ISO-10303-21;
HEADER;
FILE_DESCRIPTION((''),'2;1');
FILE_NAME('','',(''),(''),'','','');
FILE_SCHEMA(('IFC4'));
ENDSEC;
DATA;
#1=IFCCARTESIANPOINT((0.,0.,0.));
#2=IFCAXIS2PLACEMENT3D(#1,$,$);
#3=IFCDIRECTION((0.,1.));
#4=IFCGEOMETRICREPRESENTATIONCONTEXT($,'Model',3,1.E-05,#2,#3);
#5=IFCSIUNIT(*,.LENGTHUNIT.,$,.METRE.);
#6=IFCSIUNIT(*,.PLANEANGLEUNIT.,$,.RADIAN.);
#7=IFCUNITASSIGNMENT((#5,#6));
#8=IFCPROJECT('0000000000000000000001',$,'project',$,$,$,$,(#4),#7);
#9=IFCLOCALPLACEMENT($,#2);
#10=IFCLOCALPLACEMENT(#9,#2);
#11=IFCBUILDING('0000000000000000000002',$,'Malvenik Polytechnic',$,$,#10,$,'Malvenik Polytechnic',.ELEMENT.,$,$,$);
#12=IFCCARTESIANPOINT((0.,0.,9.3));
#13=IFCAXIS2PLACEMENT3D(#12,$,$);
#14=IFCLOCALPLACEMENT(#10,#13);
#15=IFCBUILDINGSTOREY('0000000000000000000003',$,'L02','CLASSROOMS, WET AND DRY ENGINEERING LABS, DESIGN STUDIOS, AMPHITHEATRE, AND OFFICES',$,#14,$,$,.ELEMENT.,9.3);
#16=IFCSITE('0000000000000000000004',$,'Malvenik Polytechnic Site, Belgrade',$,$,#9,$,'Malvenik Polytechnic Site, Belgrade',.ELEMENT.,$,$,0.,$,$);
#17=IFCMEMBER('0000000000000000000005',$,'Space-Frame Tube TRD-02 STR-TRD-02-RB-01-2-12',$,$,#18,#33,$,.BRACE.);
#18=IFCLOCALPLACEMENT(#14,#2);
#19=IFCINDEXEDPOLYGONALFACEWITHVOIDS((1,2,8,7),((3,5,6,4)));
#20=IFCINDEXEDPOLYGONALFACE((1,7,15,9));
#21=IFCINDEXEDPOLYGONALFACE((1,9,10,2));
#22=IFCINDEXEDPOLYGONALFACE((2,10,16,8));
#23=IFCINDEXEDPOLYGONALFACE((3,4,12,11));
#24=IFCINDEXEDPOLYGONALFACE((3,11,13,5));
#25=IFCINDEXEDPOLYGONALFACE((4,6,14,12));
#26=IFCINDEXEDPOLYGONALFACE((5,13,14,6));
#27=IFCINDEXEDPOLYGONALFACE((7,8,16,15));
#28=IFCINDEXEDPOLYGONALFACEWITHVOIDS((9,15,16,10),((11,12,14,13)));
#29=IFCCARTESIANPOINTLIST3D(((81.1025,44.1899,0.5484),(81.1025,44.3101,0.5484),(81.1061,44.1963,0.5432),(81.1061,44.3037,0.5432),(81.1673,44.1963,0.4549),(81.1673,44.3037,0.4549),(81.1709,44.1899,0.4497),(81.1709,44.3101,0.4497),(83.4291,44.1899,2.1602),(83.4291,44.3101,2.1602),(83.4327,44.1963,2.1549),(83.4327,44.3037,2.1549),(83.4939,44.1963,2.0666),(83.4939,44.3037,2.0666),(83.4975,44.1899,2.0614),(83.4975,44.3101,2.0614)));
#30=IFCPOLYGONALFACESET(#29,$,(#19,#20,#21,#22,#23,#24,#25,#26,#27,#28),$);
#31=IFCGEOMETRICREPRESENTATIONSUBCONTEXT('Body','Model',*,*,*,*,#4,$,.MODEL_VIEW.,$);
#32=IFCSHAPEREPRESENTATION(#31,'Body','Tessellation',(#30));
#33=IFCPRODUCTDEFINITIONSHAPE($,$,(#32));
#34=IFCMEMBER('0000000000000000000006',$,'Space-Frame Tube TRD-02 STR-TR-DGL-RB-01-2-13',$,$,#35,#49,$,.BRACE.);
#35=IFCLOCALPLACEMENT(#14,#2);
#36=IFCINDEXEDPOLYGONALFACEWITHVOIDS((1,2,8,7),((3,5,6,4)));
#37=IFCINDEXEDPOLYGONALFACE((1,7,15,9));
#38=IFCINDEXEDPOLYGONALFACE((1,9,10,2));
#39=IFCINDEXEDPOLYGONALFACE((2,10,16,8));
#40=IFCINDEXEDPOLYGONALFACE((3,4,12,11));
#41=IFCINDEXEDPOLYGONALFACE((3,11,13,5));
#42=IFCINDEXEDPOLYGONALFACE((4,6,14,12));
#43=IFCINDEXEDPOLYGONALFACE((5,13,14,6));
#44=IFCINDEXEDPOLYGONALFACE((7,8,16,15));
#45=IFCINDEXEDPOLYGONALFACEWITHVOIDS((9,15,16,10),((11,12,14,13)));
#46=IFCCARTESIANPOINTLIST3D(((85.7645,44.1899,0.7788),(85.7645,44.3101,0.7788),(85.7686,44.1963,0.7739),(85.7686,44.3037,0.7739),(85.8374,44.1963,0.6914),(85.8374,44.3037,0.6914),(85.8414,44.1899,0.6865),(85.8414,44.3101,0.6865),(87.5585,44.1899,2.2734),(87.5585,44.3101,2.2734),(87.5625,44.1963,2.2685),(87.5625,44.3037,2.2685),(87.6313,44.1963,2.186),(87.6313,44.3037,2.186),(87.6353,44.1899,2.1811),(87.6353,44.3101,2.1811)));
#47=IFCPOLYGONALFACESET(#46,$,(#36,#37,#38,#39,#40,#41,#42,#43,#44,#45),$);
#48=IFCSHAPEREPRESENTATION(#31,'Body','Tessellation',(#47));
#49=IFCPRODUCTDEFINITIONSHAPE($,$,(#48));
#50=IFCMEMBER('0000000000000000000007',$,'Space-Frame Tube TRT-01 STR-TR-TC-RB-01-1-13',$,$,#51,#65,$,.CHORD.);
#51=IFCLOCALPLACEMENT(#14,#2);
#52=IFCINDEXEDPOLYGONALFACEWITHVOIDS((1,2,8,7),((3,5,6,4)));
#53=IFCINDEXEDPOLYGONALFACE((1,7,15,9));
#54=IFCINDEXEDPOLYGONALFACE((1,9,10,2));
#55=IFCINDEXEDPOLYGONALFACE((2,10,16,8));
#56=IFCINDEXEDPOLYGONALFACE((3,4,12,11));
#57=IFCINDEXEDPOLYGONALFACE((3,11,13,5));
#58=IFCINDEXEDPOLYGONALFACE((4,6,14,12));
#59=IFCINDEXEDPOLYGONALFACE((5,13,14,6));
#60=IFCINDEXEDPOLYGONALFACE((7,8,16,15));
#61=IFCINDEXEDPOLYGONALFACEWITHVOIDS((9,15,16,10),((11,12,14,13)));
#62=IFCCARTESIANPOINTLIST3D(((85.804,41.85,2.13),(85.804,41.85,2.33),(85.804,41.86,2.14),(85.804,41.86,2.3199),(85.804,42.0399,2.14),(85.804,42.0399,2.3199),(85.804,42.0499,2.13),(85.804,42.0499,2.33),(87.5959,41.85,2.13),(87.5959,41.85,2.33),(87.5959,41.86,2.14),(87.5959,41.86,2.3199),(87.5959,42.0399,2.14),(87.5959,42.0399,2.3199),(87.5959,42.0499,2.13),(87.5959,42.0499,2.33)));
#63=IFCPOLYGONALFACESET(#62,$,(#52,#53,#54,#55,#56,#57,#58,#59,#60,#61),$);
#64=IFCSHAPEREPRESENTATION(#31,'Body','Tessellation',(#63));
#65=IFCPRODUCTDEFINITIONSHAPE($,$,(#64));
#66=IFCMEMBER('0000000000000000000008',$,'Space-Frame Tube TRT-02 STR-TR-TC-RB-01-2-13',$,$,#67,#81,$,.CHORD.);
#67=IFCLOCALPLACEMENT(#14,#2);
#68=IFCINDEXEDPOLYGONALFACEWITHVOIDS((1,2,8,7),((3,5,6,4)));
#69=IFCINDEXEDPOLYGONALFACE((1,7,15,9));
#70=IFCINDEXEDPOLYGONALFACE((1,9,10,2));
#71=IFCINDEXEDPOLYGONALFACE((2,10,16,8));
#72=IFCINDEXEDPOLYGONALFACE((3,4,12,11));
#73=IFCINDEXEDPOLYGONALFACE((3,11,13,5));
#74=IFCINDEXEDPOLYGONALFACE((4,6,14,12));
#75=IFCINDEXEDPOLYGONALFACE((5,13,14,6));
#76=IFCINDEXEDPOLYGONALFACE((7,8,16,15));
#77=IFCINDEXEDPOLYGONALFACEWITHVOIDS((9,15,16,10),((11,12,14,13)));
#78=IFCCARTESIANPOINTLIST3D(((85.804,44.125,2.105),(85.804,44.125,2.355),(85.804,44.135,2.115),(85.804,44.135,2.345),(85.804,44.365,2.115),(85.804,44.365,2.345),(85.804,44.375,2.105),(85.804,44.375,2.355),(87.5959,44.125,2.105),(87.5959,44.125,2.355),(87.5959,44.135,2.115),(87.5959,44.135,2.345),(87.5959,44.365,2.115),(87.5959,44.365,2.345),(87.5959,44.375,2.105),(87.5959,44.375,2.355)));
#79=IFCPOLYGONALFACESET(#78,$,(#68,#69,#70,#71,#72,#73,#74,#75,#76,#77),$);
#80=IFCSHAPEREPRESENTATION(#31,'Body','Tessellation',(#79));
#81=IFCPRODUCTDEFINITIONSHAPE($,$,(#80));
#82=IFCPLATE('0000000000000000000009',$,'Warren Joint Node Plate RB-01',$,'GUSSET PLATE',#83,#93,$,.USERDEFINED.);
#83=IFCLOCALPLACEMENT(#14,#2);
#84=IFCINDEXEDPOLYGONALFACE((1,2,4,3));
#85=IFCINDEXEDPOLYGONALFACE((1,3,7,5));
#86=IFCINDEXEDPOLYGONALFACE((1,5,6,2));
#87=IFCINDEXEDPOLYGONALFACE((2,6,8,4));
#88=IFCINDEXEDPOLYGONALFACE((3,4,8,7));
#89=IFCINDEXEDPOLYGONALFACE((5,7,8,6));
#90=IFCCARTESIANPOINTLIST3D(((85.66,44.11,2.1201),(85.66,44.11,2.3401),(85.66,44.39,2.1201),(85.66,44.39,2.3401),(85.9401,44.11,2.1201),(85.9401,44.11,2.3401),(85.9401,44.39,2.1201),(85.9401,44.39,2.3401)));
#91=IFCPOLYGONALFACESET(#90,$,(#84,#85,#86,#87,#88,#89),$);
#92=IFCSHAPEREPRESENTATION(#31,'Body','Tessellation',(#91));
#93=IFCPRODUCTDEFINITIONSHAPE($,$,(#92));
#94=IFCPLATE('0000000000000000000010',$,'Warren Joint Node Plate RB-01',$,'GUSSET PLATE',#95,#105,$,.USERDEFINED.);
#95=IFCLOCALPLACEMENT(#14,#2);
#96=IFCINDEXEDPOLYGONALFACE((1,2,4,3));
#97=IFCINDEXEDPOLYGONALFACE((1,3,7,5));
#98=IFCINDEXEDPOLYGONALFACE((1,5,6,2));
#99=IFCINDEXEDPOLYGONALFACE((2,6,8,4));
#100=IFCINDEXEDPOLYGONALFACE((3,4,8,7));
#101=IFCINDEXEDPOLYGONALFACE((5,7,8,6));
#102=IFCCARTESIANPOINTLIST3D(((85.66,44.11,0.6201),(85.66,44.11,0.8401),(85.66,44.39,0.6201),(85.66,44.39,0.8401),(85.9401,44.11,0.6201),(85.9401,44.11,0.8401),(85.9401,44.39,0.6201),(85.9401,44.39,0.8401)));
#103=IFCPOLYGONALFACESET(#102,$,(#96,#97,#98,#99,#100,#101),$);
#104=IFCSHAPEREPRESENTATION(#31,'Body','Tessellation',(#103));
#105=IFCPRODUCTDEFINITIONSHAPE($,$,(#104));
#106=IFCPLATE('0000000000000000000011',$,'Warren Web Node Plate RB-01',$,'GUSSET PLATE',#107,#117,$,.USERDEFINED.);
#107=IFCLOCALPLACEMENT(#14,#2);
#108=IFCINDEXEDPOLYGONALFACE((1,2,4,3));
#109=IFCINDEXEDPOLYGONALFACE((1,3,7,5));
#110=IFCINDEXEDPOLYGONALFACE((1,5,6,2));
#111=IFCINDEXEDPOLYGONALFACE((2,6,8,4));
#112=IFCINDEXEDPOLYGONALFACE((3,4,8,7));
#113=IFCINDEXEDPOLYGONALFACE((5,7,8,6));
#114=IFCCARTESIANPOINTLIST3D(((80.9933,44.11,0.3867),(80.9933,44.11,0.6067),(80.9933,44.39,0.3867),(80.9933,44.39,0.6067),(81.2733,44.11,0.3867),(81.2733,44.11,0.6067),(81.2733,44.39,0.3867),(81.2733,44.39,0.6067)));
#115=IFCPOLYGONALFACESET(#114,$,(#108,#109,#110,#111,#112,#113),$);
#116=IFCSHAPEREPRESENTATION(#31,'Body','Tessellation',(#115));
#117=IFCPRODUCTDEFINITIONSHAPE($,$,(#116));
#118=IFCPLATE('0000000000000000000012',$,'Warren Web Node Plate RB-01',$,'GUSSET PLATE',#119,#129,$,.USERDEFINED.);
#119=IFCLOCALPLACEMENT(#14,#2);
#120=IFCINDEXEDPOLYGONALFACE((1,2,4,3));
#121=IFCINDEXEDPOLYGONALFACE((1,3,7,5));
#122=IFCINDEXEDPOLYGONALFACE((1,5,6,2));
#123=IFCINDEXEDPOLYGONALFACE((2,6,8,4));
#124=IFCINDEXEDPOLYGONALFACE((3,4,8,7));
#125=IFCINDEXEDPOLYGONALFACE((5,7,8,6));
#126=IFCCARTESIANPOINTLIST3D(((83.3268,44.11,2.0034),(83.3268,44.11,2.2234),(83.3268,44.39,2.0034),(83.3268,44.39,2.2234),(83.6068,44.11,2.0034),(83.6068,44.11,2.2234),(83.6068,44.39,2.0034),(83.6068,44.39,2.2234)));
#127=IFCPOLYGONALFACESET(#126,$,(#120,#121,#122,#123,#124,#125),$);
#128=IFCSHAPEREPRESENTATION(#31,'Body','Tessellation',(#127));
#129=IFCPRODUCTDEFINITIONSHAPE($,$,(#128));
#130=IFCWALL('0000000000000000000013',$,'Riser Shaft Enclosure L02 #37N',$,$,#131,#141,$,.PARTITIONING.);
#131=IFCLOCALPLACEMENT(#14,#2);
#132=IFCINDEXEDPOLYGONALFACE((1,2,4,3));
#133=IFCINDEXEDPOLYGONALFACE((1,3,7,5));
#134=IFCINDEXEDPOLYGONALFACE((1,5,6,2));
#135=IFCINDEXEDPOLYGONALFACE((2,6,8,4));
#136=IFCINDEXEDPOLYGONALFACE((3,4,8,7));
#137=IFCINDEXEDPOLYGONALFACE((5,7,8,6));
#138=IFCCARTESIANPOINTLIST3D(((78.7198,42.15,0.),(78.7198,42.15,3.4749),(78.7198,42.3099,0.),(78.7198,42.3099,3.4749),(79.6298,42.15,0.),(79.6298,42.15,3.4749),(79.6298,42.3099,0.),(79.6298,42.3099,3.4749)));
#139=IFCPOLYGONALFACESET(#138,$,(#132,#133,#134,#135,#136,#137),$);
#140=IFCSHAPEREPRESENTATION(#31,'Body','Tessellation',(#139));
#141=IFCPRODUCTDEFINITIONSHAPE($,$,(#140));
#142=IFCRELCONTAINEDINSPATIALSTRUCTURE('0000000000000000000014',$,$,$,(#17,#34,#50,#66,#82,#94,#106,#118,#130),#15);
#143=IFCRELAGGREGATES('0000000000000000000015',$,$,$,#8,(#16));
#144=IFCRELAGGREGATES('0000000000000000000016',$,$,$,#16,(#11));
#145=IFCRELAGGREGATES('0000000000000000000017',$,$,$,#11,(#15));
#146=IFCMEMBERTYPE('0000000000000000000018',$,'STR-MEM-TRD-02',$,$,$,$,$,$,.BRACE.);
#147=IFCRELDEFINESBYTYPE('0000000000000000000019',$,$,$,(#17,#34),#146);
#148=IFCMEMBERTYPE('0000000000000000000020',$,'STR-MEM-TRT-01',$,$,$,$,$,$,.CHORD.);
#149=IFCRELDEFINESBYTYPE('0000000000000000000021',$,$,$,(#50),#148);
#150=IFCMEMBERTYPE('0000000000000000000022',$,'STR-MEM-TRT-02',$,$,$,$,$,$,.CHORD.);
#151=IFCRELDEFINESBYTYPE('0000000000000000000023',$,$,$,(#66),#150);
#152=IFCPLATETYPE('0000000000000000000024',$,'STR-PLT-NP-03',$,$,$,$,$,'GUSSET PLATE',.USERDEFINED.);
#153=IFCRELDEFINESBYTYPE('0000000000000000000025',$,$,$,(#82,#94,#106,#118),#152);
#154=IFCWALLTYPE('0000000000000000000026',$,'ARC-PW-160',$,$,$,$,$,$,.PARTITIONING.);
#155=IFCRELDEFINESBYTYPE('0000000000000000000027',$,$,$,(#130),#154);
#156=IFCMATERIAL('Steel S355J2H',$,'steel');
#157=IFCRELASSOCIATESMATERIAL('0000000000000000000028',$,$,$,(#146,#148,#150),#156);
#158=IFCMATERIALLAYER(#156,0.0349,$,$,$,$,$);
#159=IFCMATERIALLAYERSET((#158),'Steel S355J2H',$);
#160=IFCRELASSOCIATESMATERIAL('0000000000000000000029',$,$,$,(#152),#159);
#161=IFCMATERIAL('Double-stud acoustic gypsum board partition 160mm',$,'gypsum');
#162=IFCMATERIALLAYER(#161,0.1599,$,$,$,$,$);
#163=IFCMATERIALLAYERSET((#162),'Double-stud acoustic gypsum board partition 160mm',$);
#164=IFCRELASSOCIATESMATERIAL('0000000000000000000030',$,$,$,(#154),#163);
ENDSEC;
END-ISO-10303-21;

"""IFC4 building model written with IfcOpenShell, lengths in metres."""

from ifc_helpers import new_model, si_unit, direction, frame, frame_2d, origin, origin_2d, place, context, subcontext, project, spatial, rectangle, hollow_rectangle, extrude, material, layer, layer_set, material_profile, profile_set, type_object, element, save


model = new_model("IFC4")

# Units and contexts
model_context = context("Model", 3, precision=1e-05, world=origin(), true_north=direction((0.0, 1.0)))
body_context = subcontext(model_context, "Body", "Model", "MODEL_VIEW")
ifc_project = project(units=[si_unit("LENGTHUNIT", "METRE"), si_unit("PLANEANGLEUNIT", "RADIAN")], contexts=[model_context])

# Site, building, storey
site_placement = place(None, origin())
site = spatial("IfcSite", under=ifc_project, at=site_placement, Name="Malvenik Polytechnic Site, Belgrade", LongName="Malvenik Polytechnic Site, Belgrade", CompositionType="ELEMENT", RefElevation=0.0)
building_placement = place(site_placement, origin())
building = spatial("IfcBuilding", under=site, at=building_placement, Name="Malvenik Polytechnic", LongName="Malvenik Polytechnic", CompositionType="ELEMENT")
storey_placement = place(building_placement, frame((0.0, 0.0, 9.3)))
storey = spatial("IfcBuildingStorey", under=building, at=storey_placement, Name="L02", Description="CLASSROOMS, WET AND DRY ENGINEERING LABS, DESIGN STUDIOS, AMPHITHEATRE, AND OFFICES", CompositionType="ELEMENT", Elevation=9.3)

# Members
ifc_material_1 = material(Name="Steel S355J2H", Category="steel")
ifc_material_profile_1 = material_profile(ifc_material_1, hollow_rectangle(XDim=0.1201, YDim=0.1201, WallThickness=0.0063, at=origin_2d()), Name="SHS 120x120x6.3")
ifc_profile_set_1 = profile_set([ifc_material_profile_1], Name="Steel S355J2H")
member_type_1 = type_object("IfcMemberType", Name="STR-MEM-TRD-02", PredefinedType="BRACE", material=ifc_profile_set_1)
member_1_placement = place(storey_placement, frame((81.1367, 44.25, 0.499), z_axis=(0.822018, 0.0, 0.569461), x_axis=(0.0, 1.0, 0.0)))
element("IfcMember", 1, at=member_1_placement, inside=storey, type_object=member_type_1, Name="Space-Frame Tube TRD-02 STR-TRD-02-RB-01-2-12", PredefinedType="BRACE", context=body_context, shape_type="SweptSolid", body=[
    extrude(hollow_rectangle(XDim=0.1201, YDim=0.1201, WallThickness=0.0063, at=origin_2d()), origin(), (0.0, 0.0, 1.0), 2.8303),
])
member_2_placement = place(storey_placement, frame((85.803, 44.25, 0.7327), z_axis=(0.76829, 0.0, 0.640102), x_axis=(0.0, 1.0, 0.0)))
element("IfcMember", 2, at=member_2_placement, inside=storey, type_object=member_type_1, Name="Space-Frame Tube TRD-02 STR-TR-DGL-RB-01-2-13", PredefinedType="BRACE", context=body_context, shape_type="SweptSolid", body=[
    extrude(hollow_rectangle(XDim=0.1201, YDim=0.1201, WallThickness=0.0063, at=origin_2d()), origin(), (0.0, 0.0, 1.0), 2.335),
])
ifc_material_profile_2 = material_profile(ifc_material_1, hollow_rectangle(XDim=0.2, YDim=0.2, WallThickness=0.01, at=origin_2d()), Name="SHS 200x200x10.0")
ifc_profile_set_2 = profile_set([ifc_material_profile_2], Name="Steel S355J2H")
member_type_2 = type_object("IfcMemberType", Name="STR-MEM-TRT-01", PredefinedType="CHORD", material=ifc_profile_set_2)
member_3_placement = place(storey_placement, frame((85.804, 41.95, 2.23), z_axis=(1.0, 0.0, 0.0), x_axis=(0.0, 1.0, 0.0)))
element("IfcMember", 3, at=member_3_placement, inside=storey, type_object=member_type_2, Name="Space-Frame Tube TRT-01 STR-TR-TC-RB-01-1-13", PredefinedType="CHORD", context=body_context, shape_type="SweptSolid", body=[
    extrude(hollow_rectangle(XDim=0.2, YDim=0.2, WallThickness=0.01, at=origin_2d()), origin(), (0.0, 0.0, 1.0), 1.792),
])
ifc_material_profile_3 = material_profile(ifc_material_1, hollow_rectangle(XDim=0.25, YDim=0.25, WallThickness=0.01, at=origin_2d()), Name="SHS 250x250x10.0")
ifc_profile_set_3 = profile_set([ifc_material_profile_3], Name="Steel S355J2H")
member_type_3 = type_object("IfcMemberType", Name="STR-MEM-TRT-02", PredefinedType="CHORD", material=ifc_profile_set_3)
member_4_placement = place(storey_placement, frame((85.804, 44.25, 2.23), z_axis=(1.0, 0.0, 0.0), x_axis=(0.0, 1.0, 0.0)))
element("IfcMember", 4, at=member_4_placement, inside=storey, type_object=member_type_3, Name="Space-Frame Tube TRT-02 STR-TR-TC-RB-01-2-13", PredefinedType="CHORD", context=body_context, shape_type="SweptSolid", body=[
    extrude(hollow_rectangle(XDim=0.25, YDim=0.25, WallThickness=0.01, at=origin_2d()), origin(), (0.0, 0.0, 1.0), 1.792),
])

# Plates
ifc_layer_1 = layer(ifc_material_1, 0.0349)
ifc_layer_set_1 = layer_set([ifc_layer_1], Name="Steel S355J2H")
plate_type = type_object("IfcPlateType", Name="STR-PLT-NP-03", ElementType="GUSSET PLATE", PredefinedType="USERDEFINED", material=ifc_layer_set_1)
for number, where, z_axis, x_axis, name in (
    (5, (85.8, 44.25, 2.1201), (0.0, 0.0, 1.0), (1.0, 0.0, 0.0), "Warren Joint Node Plate RB-01"),
    (6, (85.8, 44.25, 0.6201), (0.0, 0.0, 1.0), (1.0, 0.0, 0.0), "Warren Joint Node Plate RB-01"),
    (7, (81.1333, 44.25, 0.3867), (0.0, 0.0, 1.0), (1.0, 0.0, 0.0), "Warren Web Node Plate RB-01"),
    (8, (83.4668, 44.25, 2.0034), (0.0, 0.0, 1.0), (1.0, 0.0, 0.0), "Warren Web Node Plate RB-01"),
):
    element("IfcPlate", number, at=place(storey_placement, frame(where, z_axis=z_axis, x_axis=x_axis)), inside=storey, type_object=plate_type, Name=name, ObjectType="GUSSET PLATE", PredefinedType="USERDEFINED", context=body_context, shape_type="SweptSolid", body=[
        extrude(rectangle(XDim=0.28, YDim=0.28, at=origin_2d()), origin(), (0.0, 0.0, 1.0), 0.22),
    ])

# Wall
ifc_material_2 = material(Name="Double-stud acoustic gypsum board partition 160mm", Category="gypsum")
ifc_layer_2 = layer(ifc_material_2, 0.1599)
ifc_layer_set_2 = layer_set([ifc_layer_2], Name="Double-stud acoustic gypsum board partition 160mm")
wall_type = type_object("IfcWallType", Name="ARC-PW-160", PredefinedType="PARTITIONING", material=ifc_layer_set_2)
wall_placement = place(storey_placement, frame((79.6299, 42.23, 0.0), z_axis=(0.0, 0.0, 1.0), x_axis=(-1.0, 0.0, 0.0)))
element("IfcWall", 9, at=wall_placement, inside=storey, type_object=wall_type, Name="Riser Shaft Enclosure L02 #37N", PredefinedType="PARTITIONING", context=body_context, shape_type="SweptSolid", body=[
    extrude(rectangle(XDim=0.9099, YDim=0.1599, at=frame_2d((0.4551, 0.0))), origin(), (0.0, 0.0, 1.0), 3.4749),
])

save(model, "model.ifc")
